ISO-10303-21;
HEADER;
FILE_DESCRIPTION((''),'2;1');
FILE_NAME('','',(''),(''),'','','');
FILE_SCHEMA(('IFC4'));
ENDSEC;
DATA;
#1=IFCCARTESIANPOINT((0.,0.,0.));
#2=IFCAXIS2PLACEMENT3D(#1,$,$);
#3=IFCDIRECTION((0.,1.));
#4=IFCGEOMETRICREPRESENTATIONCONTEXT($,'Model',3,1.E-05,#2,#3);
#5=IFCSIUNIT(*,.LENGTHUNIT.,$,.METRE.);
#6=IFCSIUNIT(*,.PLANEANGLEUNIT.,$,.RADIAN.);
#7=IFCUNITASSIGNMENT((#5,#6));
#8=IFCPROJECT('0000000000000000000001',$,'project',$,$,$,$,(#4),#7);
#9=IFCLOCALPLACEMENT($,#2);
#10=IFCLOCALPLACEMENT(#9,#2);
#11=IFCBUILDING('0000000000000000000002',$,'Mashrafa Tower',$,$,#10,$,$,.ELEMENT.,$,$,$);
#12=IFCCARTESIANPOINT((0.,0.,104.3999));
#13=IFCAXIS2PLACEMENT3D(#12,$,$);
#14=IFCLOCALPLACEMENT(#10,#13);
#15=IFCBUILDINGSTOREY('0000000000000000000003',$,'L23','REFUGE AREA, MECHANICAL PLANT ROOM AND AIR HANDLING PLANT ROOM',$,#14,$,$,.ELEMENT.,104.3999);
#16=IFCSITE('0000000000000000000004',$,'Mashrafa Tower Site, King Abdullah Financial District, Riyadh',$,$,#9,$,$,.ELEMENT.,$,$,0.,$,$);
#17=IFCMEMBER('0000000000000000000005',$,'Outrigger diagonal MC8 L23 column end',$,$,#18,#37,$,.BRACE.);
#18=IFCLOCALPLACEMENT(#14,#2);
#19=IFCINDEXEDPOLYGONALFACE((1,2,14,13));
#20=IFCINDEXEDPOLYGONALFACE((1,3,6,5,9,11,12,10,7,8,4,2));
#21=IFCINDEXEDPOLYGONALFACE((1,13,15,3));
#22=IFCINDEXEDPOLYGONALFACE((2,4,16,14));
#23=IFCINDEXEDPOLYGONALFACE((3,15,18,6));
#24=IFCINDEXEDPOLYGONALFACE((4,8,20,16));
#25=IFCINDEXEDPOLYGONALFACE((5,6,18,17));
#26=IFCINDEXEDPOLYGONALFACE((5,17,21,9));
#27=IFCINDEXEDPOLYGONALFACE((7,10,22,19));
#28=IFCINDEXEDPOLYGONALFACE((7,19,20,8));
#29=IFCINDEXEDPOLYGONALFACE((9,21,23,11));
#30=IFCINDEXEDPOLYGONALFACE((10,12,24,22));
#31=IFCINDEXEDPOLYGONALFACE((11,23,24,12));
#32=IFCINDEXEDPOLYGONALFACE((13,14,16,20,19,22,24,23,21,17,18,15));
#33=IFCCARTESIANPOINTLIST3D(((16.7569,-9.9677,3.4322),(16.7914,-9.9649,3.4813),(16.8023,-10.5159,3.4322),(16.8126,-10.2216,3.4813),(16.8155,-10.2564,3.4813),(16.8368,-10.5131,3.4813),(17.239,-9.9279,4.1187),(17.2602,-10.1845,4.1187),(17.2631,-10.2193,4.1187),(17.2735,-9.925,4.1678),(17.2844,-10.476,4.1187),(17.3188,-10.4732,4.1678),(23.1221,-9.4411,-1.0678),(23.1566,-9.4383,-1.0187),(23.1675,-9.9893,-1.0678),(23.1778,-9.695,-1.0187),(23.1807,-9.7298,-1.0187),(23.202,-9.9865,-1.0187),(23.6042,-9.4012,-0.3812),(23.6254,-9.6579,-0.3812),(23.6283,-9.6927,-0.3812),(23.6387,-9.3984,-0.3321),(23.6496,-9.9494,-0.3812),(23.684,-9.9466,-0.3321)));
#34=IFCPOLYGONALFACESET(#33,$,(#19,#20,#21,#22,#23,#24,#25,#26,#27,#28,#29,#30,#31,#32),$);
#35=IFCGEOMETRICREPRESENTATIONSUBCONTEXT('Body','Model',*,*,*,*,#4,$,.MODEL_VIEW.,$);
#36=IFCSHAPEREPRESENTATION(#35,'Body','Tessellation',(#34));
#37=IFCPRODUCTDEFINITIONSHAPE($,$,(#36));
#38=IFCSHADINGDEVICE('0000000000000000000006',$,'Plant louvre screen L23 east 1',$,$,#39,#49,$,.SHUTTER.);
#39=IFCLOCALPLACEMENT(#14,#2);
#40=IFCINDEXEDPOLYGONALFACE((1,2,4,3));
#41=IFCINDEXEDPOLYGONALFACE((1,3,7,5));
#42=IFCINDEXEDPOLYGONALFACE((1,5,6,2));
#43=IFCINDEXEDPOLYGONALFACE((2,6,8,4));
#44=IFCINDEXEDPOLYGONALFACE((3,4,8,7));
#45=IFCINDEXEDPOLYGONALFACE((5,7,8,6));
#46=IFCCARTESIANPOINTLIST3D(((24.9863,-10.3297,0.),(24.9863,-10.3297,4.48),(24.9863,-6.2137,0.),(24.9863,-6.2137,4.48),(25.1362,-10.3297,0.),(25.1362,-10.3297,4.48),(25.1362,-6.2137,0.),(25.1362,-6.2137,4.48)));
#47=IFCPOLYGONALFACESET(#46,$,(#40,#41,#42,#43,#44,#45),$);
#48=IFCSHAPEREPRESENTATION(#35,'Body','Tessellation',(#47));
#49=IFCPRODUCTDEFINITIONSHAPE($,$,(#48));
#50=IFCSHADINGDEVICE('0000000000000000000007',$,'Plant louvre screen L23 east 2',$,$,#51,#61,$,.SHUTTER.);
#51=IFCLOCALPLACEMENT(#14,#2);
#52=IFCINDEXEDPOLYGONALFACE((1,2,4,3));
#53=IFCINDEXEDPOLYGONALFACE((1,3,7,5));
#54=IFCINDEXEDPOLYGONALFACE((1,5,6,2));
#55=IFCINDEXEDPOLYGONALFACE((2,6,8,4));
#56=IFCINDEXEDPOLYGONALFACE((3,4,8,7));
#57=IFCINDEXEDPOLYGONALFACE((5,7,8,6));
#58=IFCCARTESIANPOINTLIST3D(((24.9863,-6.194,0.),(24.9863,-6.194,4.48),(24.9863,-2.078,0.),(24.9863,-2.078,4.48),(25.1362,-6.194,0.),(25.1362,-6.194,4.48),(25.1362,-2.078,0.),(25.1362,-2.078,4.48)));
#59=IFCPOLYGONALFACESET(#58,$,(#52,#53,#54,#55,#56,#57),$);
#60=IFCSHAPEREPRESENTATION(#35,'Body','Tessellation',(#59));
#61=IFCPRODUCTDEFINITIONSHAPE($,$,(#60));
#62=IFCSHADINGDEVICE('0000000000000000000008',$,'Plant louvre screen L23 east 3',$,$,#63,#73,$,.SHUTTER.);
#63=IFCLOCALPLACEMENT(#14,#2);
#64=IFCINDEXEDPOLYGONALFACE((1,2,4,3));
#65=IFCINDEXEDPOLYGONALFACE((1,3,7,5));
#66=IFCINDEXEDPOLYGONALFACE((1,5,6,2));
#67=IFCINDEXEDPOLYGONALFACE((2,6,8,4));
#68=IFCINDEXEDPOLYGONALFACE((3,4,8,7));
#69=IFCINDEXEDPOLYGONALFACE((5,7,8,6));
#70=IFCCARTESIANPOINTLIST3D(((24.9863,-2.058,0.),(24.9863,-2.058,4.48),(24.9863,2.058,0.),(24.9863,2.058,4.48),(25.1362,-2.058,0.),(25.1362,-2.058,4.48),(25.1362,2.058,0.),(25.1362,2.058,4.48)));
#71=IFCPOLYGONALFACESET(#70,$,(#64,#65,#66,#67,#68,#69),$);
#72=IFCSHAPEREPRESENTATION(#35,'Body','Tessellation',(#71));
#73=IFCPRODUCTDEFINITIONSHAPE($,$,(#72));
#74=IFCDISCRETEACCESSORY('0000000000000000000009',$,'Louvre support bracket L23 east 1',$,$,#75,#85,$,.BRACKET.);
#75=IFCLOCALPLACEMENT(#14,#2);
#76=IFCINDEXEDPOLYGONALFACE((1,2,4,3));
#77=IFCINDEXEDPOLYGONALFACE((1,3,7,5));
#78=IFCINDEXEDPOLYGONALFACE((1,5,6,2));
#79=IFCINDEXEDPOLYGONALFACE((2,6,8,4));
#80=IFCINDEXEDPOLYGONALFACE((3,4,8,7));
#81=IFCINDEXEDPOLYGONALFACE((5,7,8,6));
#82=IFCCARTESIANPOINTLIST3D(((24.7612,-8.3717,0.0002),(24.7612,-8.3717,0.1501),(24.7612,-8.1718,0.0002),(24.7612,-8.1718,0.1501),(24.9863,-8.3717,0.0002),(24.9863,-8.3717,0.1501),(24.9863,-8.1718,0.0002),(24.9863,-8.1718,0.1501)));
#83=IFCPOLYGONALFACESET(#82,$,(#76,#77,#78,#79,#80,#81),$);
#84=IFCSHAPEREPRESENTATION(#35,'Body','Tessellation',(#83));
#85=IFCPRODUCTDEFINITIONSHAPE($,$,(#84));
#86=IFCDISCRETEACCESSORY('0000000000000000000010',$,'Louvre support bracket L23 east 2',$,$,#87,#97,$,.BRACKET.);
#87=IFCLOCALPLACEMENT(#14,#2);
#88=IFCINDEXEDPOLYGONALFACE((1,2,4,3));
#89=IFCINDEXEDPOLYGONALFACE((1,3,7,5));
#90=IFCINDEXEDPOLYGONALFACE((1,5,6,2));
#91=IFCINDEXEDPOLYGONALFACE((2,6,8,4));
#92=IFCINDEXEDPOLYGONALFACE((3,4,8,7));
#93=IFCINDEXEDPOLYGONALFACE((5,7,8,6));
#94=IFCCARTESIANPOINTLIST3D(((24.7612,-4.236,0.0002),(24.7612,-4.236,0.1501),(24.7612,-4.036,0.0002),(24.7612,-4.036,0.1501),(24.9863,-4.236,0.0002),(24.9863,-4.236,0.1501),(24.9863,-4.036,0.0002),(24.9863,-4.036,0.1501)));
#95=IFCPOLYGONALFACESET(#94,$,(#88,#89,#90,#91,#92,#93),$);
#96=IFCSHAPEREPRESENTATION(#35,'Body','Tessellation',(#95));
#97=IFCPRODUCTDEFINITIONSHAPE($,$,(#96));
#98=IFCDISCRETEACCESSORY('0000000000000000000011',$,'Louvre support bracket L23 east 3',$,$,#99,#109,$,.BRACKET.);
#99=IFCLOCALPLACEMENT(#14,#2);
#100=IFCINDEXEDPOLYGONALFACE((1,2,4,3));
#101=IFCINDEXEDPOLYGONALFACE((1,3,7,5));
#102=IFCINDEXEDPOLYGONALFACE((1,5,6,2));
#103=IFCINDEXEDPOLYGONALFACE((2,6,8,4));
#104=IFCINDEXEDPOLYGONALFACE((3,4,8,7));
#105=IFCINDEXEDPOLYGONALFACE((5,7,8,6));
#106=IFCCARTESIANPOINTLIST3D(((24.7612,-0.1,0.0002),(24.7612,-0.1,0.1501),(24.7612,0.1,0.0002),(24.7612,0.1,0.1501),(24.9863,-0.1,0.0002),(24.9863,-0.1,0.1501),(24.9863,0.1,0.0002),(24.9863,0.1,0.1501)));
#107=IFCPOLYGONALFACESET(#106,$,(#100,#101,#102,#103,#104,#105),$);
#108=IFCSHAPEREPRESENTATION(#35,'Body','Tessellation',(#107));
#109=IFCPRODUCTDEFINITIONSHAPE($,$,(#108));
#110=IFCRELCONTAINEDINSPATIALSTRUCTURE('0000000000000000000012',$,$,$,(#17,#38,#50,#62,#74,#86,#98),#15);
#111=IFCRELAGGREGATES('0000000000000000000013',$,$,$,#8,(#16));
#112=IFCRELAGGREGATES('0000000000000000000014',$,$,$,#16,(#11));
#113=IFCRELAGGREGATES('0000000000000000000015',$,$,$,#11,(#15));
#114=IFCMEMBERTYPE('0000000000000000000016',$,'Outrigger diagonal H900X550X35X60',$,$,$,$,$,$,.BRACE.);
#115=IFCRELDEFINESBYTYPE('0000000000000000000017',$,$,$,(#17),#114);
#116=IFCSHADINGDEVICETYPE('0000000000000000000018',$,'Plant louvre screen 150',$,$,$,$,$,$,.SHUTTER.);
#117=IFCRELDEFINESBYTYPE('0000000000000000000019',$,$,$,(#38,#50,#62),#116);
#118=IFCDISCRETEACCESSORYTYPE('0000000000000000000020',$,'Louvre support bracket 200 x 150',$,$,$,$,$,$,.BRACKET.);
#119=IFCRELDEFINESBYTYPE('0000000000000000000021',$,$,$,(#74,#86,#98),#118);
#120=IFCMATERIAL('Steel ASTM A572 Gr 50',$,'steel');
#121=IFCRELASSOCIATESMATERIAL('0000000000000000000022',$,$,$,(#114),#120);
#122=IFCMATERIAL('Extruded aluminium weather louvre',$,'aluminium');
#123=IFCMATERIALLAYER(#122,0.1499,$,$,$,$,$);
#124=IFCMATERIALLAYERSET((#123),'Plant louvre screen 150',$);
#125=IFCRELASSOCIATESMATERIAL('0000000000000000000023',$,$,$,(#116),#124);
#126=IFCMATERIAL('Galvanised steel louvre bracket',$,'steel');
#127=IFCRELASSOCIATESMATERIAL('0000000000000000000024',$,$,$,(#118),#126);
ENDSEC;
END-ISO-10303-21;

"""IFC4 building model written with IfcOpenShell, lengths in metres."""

from ifc_helpers import new_model, si_unit, direction, frame, origin, origin_2d, place, context, subcontext, project, spatial, rectangle, i_section, extrude, source, transform, mapped, material, layer, layer_set, material_profile, profile_set, type_object, type_shapes, element, save


model = new_model("IFC4")

# Units and contexts
model_context = context("Model", 3, precision=1e-05, world=origin(), true_north=direction((0.0, 1.0)))
body_context = subcontext(model_context, "Body", "Model", "MODEL_VIEW")
ifc_project = project(units=[si_unit("LENGTHUNIT", "METRE"), si_unit("PLANEANGLEUNIT", "RADIAN")], contexts=[model_context])

# Site, building, storey
site_placement = place(None, origin())
site = spatial("IfcSite", under=ifc_project, at=site_placement, Name="Mashrafa Tower Site, King Abdullah Financial District, Riyadh", CompositionType="ELEMENT", RefElevation=0.0)
building_placement = place(site_placement, origin())
building = spatial("IfcBuilding", under=site, at=building_placement, Name="Mashrafa Tower", CompositionType="ELEMENT")
storey_placement = place(building_placement, frame((0.0, 0.0, 104.3999)))
storey = spatial("IfcBuildingStorey", under=building, at=storey_placement, Name="L23", Description="REFUGE AREA, MECHANICAL PLANT ROOM AND AIR HANDLING PLANT ROOM", CompositionType="ELEMENT", Elevation=104.3999)

# Member
ifc_material_1 = material(Name="Steel ASTM A572 Gr 50", Category="steel")
ifc_material_profile_1 = material_profile(ifc_material_1, i_section(OverallWidth=0.55, OverallDepth=0.8999, WebThickness=0.0349, FlangeThickness=0.0601, at=origin_2d()), Name="H900X550X35X60")
ifc_profile_set_1 = profile_set([ifc_material_profile_1], Name="Steel ASTM A572 Gr 50")
member_type_1 = type_object("IfcMemberType", Name="Outrigger diagonal H900X550X35X60", PredefinedType="BRACE", material=ifc_profile_set_1)
shared_shape_1 = source(origin(), body_context, "Body", "SweptSolid", [
    extrude(i_section(OverallWidth=0.55, OverallDepth=0.8999, WebThickness=0.0349, FlangeThickness=0.0601, at=origin_2d()), origin(), (0.0, 0.0, 1.0), 7.813),
])
type_shapes(member_type_1, [shared_shape_1])
member_1_placement = place(storey_placement, frame((23.4031, -9.6938, -0.7), z_axis=(-0.814694, -0.067402, 0.575961), x_axis=(0.082451, -0.996595, 0.0)))
element("IfcMember", 1, at=member_1_placement, inside=storey, type_object=member_type_1, Name="Outrigger diagonal MC8 L23 column end", PredefinedType="BRACE", context=body_context, shape_type="MappedRepresentation", body=[
    mapped(shared_shape_1, transform((0.0, 0.0, 0.0))),
])

# Shading devices
ifc_material_2 = material(Name="Extruded aluminium weather louvre", Category="aluminium")
ifc_layer = layer(ifc_material_2, 0.1499)
ifc_layer_set = layer_set([ifc_layer], Name="Plant louvre screen 150")
shading_device_type = type_object("IfcShadingDeviceType", Name="Plant louvre screen 150", PredefinedType="SHUTTER", material=ifc_layer_set)
shared_shape_2 = source(origin(), body_context, "Body", "SweptSolid", [
    extrude(rectangle(XDim=4.116, YDim=0.1499, at=origin_2d()), origin(), (0.0, 0.0, 1.0), 4.48),
])
type_shapes(shading_device_type, [shared_shape_2])
for number, where, z_axis, x_axis, name in (
    (2, (25.0613, -8.2717, 0.0), (0.0, 0.0, 1.0), (0.0, 1.0, 0.0), "Plant louvre screen L23 east 1"),
    (3, (25.0613, -4.136, 0.0), (0.0, 0.0, 1.0), (0.0, 1.0, 0.0), "Plant louvre screen L23 east 2"),
    (4, (25.0613, 0.0, 0.0), (0.0, 0.0, 1.0), (0.0, 1.0, 0.0), "Plant louvre screen L23 east 3"),
):
    element("IfcShadingDevice", number, at=place(storey_placement, frame(where, z_axis=z_axis, x_axis=x_axis)), inside=storey, type_object=shading_device_type, Name=name, PredefinedType="SHUTTER", context=body_context, shape_type="MappedRepresentation", body=[
        mapped(shared_shape_2, transform((0.0, 0.0, 0.0))),
    ])

# Discrete accessories
ifc_material_3 = material(Name="Galvanised steel louvre bracket", Category="steel")
discrete_accessory_type = type_object("IfcDiscreteAccessoryType", Name="Louvre support bracket 200 x 150", PredefinedType="BRACKET", material=ifc_material_3)
shared_shape_3 = source(origin(), body_context, "Body", "SweptSolid", [
    extrude(rectangle(XDim=0.2, YDim=0.2251, at=origin_2d()), origin(), (0.0, 0.0, 1.0), 0.1499),
])
type_shapes(discrete_accessory_type, [shared_shape_3])
for number, where, z_axis, x_axis, name in (
    (5, (24.8738, -8.2717, 0.0002), (0.0, 0.0, 1.0), (0.0, 1.0, 0.0), "Louvre support bracket L23 east 1"),
    (6, (24.8738, -4.136, 0.0002), (0.0, 0.0, 1.0), (0.0, 1.0, 0.0), "Louvre support bracket L23 east 2"),
    (7, (24.8738, 0.0, 0.0002), (0.0, 0.0, 1.0), (0.0, 1.0, 0.0), "Louvre support bracket L23 east 3"),
):
    element("IfcDiscreteAccessory", number, at=place(storey_placement, frame(where, z_axis=z_axis, x_axis=x_axis)), inside=storey, type_object=discrete_accessory_type, Name=name, PredefinedType="BRACKET", context=body_context, shape_type="MappedRepresentation", body=[
        mapped(shared_shape_3, transform((0.0, 0.0, 0.0))),
    ])

save(model, "model.ifc")
